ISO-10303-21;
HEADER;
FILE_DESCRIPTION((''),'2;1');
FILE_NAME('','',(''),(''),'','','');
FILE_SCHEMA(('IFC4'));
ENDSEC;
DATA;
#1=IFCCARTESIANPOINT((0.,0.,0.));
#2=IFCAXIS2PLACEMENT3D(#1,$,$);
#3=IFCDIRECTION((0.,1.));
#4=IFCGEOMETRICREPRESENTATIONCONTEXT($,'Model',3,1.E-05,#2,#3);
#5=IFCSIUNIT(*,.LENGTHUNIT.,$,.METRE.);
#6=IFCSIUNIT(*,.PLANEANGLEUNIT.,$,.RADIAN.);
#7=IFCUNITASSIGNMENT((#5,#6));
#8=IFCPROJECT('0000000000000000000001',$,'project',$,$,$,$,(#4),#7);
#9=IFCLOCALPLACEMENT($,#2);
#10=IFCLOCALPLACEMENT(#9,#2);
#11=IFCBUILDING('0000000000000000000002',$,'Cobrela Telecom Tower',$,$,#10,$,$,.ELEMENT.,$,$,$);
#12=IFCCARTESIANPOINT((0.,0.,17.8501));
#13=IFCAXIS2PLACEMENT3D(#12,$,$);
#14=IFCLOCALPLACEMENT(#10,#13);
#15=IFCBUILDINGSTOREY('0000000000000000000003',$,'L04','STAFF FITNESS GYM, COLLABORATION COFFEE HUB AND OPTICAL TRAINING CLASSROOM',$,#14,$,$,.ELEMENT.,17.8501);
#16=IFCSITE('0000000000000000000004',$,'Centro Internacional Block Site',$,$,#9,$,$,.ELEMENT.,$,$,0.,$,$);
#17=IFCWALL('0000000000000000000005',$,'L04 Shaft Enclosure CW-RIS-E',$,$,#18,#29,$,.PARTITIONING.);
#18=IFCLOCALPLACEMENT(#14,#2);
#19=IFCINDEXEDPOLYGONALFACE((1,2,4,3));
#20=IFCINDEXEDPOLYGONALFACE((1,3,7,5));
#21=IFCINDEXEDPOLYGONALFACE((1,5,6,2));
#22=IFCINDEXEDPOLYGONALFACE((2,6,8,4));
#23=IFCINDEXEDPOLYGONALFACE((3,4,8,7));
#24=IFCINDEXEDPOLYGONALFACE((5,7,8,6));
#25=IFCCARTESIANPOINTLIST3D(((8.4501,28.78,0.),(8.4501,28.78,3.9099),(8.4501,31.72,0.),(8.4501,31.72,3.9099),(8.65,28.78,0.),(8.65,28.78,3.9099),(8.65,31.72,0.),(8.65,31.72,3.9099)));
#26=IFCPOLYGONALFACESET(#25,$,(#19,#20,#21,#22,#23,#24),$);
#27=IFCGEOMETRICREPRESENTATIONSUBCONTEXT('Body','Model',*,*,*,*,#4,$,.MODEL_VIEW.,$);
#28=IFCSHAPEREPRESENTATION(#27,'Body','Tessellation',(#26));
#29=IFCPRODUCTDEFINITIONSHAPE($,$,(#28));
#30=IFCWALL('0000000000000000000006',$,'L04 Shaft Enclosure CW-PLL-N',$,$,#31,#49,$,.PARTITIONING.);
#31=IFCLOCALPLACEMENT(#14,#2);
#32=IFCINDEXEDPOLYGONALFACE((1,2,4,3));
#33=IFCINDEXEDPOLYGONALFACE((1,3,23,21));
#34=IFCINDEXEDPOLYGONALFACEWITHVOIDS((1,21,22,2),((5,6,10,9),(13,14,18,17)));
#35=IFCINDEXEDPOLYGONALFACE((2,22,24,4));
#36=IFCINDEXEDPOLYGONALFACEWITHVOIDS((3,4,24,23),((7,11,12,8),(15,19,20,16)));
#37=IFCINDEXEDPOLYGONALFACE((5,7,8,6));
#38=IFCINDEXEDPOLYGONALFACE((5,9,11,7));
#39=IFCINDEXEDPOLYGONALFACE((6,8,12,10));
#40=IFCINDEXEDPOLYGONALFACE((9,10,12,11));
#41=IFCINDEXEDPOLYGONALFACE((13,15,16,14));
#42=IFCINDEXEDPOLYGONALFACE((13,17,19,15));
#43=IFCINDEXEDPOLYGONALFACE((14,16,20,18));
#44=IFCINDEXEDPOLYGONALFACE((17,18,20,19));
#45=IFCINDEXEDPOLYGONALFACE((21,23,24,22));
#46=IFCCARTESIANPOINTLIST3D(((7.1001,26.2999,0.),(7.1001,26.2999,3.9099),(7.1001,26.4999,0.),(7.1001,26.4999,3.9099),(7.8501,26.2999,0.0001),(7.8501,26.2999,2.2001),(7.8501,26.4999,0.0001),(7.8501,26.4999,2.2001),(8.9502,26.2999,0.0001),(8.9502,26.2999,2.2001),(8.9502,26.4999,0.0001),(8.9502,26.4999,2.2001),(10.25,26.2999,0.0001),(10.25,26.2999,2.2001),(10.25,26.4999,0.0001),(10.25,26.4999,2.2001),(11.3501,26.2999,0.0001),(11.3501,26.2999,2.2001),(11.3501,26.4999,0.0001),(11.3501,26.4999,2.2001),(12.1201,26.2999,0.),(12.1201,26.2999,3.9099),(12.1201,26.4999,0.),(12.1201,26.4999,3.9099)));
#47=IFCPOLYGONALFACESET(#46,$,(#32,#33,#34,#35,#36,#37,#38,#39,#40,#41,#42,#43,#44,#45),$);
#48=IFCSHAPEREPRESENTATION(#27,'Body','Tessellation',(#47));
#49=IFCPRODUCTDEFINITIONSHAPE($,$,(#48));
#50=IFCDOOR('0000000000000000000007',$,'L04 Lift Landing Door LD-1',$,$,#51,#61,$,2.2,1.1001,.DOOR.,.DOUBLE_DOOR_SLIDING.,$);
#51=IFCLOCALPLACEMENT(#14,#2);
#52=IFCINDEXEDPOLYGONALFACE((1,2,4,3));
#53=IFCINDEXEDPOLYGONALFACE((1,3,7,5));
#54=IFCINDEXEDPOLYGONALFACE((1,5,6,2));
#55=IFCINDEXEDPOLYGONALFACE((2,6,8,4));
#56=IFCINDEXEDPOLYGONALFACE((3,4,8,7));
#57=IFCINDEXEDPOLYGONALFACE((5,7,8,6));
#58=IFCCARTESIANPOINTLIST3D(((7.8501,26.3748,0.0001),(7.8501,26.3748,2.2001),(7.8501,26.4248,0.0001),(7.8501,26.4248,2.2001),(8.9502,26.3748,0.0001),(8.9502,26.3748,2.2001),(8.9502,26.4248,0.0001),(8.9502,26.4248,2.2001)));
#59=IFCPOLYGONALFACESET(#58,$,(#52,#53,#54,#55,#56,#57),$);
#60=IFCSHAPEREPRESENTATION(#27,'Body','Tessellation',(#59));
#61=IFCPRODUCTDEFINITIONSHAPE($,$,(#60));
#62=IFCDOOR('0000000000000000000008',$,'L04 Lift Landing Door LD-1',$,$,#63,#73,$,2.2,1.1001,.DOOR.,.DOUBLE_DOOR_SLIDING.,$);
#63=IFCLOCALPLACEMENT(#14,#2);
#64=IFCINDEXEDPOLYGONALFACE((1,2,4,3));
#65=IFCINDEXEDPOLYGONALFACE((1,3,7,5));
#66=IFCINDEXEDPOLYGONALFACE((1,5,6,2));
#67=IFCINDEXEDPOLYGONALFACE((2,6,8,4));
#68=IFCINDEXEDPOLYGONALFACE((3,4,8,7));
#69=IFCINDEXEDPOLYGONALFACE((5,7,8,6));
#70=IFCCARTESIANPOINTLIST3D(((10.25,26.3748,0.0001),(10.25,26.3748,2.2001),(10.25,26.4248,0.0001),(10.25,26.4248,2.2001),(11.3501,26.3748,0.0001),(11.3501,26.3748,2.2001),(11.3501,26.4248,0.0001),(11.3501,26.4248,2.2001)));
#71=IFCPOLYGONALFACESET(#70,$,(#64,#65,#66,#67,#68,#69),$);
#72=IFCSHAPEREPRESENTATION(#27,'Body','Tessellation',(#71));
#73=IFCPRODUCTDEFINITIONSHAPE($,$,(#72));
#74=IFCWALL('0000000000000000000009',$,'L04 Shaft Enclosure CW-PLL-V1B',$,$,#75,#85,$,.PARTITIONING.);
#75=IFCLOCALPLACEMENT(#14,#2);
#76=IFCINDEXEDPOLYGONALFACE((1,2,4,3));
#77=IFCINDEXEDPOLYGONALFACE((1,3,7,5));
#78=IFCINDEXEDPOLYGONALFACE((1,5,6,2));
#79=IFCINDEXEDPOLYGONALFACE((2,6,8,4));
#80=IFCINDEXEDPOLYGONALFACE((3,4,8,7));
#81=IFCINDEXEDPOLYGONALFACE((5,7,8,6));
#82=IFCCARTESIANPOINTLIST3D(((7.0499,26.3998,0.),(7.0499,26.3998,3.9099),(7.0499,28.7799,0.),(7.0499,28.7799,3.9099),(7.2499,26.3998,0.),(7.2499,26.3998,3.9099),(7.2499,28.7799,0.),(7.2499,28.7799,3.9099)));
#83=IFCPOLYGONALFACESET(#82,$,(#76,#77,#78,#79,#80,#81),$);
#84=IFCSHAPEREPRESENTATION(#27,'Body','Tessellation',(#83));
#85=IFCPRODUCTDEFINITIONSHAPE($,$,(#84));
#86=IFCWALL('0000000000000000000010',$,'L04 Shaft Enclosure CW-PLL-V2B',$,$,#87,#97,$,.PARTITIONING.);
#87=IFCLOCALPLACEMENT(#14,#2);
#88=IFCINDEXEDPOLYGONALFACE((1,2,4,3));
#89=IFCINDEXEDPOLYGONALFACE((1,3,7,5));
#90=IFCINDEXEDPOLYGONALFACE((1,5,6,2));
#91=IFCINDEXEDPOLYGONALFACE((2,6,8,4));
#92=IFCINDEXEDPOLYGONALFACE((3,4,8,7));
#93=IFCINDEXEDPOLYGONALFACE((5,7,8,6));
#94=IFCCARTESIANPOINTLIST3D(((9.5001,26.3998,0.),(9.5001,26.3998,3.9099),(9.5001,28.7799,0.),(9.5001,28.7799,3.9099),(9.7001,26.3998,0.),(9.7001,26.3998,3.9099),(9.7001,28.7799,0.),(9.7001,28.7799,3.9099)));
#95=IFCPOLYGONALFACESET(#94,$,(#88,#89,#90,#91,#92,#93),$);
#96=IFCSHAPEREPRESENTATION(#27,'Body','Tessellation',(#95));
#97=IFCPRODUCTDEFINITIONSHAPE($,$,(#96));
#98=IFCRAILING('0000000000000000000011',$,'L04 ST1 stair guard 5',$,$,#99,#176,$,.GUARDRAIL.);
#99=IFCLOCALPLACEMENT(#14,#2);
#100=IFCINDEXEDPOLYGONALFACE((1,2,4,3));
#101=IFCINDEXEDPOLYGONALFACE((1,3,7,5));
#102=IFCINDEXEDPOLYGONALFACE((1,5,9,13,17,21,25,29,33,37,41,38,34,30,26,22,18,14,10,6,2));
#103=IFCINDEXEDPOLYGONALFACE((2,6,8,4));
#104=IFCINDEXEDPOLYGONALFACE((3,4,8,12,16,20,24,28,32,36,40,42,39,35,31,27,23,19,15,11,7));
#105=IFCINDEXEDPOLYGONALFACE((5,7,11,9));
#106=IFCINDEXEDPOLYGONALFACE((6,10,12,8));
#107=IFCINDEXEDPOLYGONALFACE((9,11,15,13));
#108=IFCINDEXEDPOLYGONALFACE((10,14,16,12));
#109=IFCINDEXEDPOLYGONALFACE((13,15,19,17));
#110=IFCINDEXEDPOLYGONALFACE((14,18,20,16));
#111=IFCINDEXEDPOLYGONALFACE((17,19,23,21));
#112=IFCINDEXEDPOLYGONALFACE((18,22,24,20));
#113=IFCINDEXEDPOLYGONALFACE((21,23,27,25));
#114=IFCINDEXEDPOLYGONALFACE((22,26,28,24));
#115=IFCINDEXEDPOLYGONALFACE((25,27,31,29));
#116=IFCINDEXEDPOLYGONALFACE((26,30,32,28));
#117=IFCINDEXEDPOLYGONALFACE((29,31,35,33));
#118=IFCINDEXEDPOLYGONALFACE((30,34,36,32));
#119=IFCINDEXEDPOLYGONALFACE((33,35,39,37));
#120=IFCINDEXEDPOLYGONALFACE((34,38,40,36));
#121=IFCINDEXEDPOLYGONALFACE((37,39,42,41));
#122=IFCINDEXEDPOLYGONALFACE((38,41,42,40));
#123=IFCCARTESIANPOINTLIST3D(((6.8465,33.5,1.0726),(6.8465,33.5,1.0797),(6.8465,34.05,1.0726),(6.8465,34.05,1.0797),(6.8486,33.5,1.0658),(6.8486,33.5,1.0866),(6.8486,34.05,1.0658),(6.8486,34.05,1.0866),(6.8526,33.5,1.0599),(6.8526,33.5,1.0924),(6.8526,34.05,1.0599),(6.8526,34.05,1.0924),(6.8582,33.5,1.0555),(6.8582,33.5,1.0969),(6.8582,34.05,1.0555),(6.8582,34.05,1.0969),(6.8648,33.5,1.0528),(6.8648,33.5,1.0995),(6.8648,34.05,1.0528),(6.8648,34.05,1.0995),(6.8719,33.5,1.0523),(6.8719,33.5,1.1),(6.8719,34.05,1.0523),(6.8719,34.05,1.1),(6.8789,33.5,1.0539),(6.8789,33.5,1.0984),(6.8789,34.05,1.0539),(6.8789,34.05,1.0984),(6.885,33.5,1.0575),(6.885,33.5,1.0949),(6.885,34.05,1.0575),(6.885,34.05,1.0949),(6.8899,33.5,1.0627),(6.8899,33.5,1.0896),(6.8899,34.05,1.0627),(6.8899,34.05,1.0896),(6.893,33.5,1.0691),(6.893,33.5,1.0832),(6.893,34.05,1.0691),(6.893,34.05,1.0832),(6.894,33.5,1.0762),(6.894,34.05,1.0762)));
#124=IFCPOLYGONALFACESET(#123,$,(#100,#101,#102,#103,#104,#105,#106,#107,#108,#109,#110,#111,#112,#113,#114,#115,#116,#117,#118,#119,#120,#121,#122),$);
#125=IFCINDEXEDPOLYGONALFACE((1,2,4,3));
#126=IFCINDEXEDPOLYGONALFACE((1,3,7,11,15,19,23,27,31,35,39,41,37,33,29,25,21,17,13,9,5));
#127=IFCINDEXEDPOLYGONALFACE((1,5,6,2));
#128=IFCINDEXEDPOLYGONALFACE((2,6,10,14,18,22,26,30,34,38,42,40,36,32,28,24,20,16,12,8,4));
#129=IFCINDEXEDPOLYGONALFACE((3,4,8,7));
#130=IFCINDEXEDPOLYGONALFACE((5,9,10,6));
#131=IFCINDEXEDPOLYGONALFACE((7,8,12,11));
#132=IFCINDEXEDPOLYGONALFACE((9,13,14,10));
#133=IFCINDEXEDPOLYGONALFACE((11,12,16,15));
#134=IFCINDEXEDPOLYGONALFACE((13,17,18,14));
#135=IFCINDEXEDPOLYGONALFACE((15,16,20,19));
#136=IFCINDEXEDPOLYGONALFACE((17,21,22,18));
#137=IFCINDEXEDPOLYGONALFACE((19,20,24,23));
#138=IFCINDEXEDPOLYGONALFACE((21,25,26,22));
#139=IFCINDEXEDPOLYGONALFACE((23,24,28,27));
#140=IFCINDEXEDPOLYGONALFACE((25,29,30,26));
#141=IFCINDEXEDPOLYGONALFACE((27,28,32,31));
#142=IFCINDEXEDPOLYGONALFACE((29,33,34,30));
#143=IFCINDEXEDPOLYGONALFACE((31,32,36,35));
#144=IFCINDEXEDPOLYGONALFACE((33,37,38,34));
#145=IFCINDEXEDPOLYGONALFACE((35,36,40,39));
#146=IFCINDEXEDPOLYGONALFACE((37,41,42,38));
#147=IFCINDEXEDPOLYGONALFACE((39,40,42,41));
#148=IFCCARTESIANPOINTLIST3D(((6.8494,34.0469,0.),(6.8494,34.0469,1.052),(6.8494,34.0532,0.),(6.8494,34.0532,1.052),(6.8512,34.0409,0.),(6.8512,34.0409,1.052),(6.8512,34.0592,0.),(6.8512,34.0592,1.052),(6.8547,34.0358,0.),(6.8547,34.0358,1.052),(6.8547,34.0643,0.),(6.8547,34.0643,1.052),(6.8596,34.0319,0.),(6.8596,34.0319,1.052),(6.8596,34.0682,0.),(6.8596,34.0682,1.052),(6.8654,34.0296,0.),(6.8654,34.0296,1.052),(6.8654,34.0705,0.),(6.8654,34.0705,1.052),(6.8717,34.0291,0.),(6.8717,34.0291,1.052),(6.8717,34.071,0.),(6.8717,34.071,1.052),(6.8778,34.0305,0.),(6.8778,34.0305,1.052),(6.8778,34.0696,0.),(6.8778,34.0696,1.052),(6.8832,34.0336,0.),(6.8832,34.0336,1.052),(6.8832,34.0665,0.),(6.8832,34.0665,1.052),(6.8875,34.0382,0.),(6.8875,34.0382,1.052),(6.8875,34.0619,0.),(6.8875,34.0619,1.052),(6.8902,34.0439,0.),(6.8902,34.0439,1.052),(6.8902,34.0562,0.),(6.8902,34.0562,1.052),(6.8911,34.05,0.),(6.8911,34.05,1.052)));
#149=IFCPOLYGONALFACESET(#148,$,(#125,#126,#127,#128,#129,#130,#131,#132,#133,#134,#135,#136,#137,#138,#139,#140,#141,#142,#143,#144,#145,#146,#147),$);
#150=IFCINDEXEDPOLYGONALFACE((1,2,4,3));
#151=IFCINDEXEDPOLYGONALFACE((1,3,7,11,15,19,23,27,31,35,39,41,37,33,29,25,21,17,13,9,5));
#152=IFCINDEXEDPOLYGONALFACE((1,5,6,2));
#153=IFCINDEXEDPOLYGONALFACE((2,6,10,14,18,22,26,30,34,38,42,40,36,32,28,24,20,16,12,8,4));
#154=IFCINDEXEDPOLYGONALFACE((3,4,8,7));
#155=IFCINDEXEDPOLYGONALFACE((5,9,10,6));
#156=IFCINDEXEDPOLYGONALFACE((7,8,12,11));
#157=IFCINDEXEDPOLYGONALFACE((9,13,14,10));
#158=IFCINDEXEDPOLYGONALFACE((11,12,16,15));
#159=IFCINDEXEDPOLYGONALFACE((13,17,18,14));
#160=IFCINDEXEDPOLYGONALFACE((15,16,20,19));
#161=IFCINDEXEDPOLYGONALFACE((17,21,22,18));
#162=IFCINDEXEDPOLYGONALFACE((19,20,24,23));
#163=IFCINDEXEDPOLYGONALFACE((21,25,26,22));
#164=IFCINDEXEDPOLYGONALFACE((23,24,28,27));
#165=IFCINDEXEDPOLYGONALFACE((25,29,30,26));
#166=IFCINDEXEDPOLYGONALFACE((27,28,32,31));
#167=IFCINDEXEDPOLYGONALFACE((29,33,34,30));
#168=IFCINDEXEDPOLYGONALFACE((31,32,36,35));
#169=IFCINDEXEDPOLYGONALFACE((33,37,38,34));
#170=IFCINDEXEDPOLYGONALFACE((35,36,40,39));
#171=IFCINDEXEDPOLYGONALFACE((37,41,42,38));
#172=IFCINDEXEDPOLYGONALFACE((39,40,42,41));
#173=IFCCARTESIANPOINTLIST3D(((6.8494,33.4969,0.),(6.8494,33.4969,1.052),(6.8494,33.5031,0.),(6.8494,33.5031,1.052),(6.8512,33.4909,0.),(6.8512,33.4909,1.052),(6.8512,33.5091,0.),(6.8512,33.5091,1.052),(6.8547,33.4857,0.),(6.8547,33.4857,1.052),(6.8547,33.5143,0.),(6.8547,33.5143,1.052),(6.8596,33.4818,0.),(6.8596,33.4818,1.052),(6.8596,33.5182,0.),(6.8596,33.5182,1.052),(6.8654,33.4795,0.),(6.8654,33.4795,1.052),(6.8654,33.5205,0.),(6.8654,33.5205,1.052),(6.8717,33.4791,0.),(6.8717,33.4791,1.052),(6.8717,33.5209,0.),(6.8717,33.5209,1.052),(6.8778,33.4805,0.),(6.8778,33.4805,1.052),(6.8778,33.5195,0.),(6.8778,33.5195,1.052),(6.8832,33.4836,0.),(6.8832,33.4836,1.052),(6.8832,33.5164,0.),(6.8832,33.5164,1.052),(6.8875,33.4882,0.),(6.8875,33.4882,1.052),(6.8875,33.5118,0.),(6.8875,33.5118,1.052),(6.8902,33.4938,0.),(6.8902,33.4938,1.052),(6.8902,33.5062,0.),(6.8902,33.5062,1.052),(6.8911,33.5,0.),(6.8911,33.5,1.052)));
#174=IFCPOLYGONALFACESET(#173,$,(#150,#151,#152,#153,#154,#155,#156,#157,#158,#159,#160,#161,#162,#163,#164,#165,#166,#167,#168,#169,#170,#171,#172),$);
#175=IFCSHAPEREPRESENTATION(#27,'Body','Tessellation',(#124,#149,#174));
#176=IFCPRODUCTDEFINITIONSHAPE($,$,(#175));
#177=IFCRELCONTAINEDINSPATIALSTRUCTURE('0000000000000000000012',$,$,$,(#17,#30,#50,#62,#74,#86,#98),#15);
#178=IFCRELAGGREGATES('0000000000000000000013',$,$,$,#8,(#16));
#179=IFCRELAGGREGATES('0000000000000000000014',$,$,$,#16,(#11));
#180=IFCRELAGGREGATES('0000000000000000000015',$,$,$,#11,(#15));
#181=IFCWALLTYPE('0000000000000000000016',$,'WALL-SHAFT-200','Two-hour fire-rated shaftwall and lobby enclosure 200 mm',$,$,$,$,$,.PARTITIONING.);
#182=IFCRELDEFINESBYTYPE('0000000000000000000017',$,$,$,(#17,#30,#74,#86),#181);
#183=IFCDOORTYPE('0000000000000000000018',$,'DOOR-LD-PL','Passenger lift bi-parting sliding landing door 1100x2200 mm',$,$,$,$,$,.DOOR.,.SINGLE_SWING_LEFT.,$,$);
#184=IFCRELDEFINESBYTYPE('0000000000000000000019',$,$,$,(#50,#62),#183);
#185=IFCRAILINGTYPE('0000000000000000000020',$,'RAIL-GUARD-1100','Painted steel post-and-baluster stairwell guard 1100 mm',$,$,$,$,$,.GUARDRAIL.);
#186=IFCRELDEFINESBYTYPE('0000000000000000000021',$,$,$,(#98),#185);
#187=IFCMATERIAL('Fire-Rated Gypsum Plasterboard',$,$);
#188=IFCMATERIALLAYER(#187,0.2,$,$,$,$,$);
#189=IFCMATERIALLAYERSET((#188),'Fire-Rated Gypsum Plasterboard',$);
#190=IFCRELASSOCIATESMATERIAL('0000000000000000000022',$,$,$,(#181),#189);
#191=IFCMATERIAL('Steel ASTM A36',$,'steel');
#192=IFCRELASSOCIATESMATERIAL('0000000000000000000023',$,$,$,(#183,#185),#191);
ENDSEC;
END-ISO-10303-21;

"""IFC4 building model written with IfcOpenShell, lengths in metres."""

from ifc_helpers import new_model, si_unit, direction, frame, frame_2d, origin, origin_2d, place, context, subcontext, project, spatial, rectangle, circle, extrude, material, layer, layer_set, type_object, element, fill, save


model = new_model("IFC4")

# Units and contexts
model_context = context("Model", 3, precision=1e-05, world=origin(), true_north=direction((0.0, 1.0)))
body_context = subcontext(model_context, "Body", "Model", "MODEL_VIEW")
ifc_project = project(units=[si_unit("LENGTHUNIT", "METRE"), si_unit("PLANEANGLEUNIT", "RADIAN")], contexts=[model_context])

# Site, building, storey
site_placement = place(None, origin())
site = spatial("IfcSite", under=ifc_project, at=site_placement, Name="Centro Internacional Block Site", CompositionType="ELEMENT", RefElevation=0.0)
building_placement = place(site_placement, origin())
building = spatial("IfcBuilding", under=site, at=building_placement, Name="Cobrela Telecom Tower", CompositionType="ELEMENT")
storey_placement = place(building_placement, frame((0.0, 0.0, 17.8501)))
storey = spatial("IfcBuildingStorey", under=building, at=storey_placement, Name="L04", Description="STAFF FITNESS GYM, COLLABORATION COFFEE HUB AND OPTICAL TRAINING CLASSROOM", CompositionType="ELEMENT", Elevation=17.8501)

# Shared definitions
ifc_material_1 = material(Name="Steel ASTM A36", Category="steel")
ifc_material_2 = material(Name="Fire-Rated Gypsum Plasterboard")
ifc_layer_1 = layer(ifc_material_2, 0.2)
ifc_layer_set_1 = layer_set([ifc_layer_1], Name="Fire-Rated Gypsum Plasterboard")
wall_type_1 = type_object("IfcWallType", Name="WALL-SHAFT-200", Description="Two-hour fire-rated shaftwall and lobby enclosure 200 mm", PredefinedType="PARTITIONING", material=ifc_layer_set_1)

# Wall
wall_1_placement = place(storey_placement, frame((8.55, 28.78, 0.0), z_axis=(0.0, 0.0, 1.0), x_axis=(0.0, 1.0, 0.0)))
element("IfcWall", 1, at=wall_1_placement, inside=storey, type_object=wall_type_1, Name="L04 Shaft Enclosure CW-RIS-E", PredefinedType="PARTITIONING", context=body_context, shape_type="SweptSolid", body=[
    extrude(rectangle(XDim=2.9399, YDim=0.2, at=frame_2d((1.47, 0.0))), origin(), (0.0, 0.0, 1.0), 3.9099),
])

# Wall, openings, doors
wall_2_placement = place(storey_placement, frame((7.1001, 26.3999, 0.0), z_axis=(0.0, 0.0, 1.0), x_axis=(1.0, 0.0, 0.0)))
wall_2 = element("IfcWall", 2, at=wall_2_placement, inside=storey, type_object=wall_type_1, Name="L04 Shaft Enclosure CW-PLL-N", PredefinedType="PARTITIONING", context=body_context, shape_type="SweptSolid", body=[
    extrude(rectangle(XDim=5.02, YDim=0.2, at=frame_2d((2.51, 0.0))), origin(), (0.0, 0.0, 1.0), 3.9099),
])
opening_1_placement = place(wall_2_placement, frame((0.75, 0.0, 0.0)))
opening_1 = element("IfcOpeningElement", 3, at=opening_1_placement, cuts=wall_2, PredefinedType="OPENING", context=body_context, shape_type="SweptSolid", body=[
    extrude(rectangle(XDim=1.1001, YDim=2.2, at=frame_2d((0.55, 1.1001))), frame((0.0, 0.1118, 0.0), z_axis=(0.0, -1.0, 0.0), x_axis=(1.0, 0.0, 0.0)), (0.0, 0.0, 1.0), 0.2239),
])
opening_2_placement = place(wall_2_placement, frame((3.1499, 0.0, 0.0)))
opening_2 = element("IfcOpeningElement", 4, at=opening_2_placement, cuts=wall_2, PredefinedType="OPENING", context=body_context, shape_type="SweptSolid", body=[
    extrude(rectangle(XDim=1.1001, YDim=2.2, at=frame_2d((0.55, 1.1001))), frame((0.0, 0.1118, 0.0), z_axis=(0.0, -1.0, 0.0), x_axis=(1.0, 0.0, 0.0)), (0.0, 0.0, 1.0), 0.2239),
])
door_type_1 = type_object("IfcDoorType", Name="DOOR-LD-PL", Description="Passenger lift bi-parting sliding landing door 1100x2200 mm", OperationType="SINGLE_SWING_LEFT", PredefinedType="DOOR", material=ifc_material_1)
door_1_placement = place(opening_1_placement, origin())
door_1 = element("IfcDoor", 5, at=door_1_placement, inside=storey, type_object=door_type_1, Name="L04 Lift Landing Door LD-1", OperationType="DOUBLE_DOOR_SLIDING", OverallHeight=2.2, OverallWidth=1.1001, PredefinedType="DOOR", context=body_context, shape_type="SweptSolid", body=[
    extrude(rectangle(XDim=1.1001, YDim=2.2, at=frame_2d((0.55, 1.1001))), frame((0.0, 0.0249, 0.0), z_axis=(0.0, -1.0, 0.0), x_axis=(1.0, 0.0, 0.0)), (0.0, 0.0, 1.0), 0.05),
])
fill(opening_1, door_1)
door_2_placement = place(opening_2_placement, origin())
door_2 = element("IfcDoor", 6, at=door_2_placement, inside=storey, type_object=door_type_1, Name="L04 Lift Landing Door LD-1", OperationType="DOUBLE_DOOR_SLIDING", OverallHeight=2.2, OverallWidth=1.1001, PredefinedType="DOOR", context=body_context, shape_type="SweptSolid", body=[
    extrude(rectangle(XDim=1.1001, YDim=2.2, at=frame_2d((0.55, 1.1001))), frame((0.0, 0.0249, 0.0), z_axis=(0.0, -1.0, 0.0), x_axis=(1.0, 0.0, 0.0)), (0.0, 0.0, 1.0), 0.05),
])
fill(opening_2, door_2)

# Walls
for number, where, z_axis, x_axis, name in (
    (7, (7.1499, 26.3999, 0.0), (0.0, 0.0, 1.0), (0.0, 1.0, 0.0), "L04 Shaft Enclosure CW-PLL-V1B"),
    (8, (9.6001, 26.3999, 0.0), (0.0, 0.0, 1.0), (0.0, 1.0, 0.0), "L04 Shaft Enclosure CW-PLL-V2B"),
):
    element("IfcWall", number, at=place(storey_placement, frame(where, z_axis=z_axis, x_axis=x_axis)), inside=storey, type_object=wall_type_1, Name=name, PredefinedType="PARTITIONING", context=body_context, shape_type="SweptSolid", body=[
        extrude(rectangle(XDim=2.3801, YDim=0.2, at=frame_2d((1.1899, 0.0))), origin(), (0.0, 0.0, 1.0), 3.9099),
    ])

# Railing
railing_type = type_object("IfcRailingType", Name="RAIL-GUARD-1100", Description="Painted steel post-and-baluster stairwell guard 1100 mm", PredefinedType="GUARDRAIL", material=ifc_material_1)
railing_placement = place(storey_placement, frame((6.8701, 34.05, 0.0)))
element("IfcRailing", 9, at=railing_placement, inside=storey, type_object=railing_type, Name="L04 ST1 stair guard 5", PredefinedType="GUARDRAIL", context=body_context, shape_type="SweptSolid", body=[
    extrude(circle(Radius=0.0239, at=origin_2d()), frame((0.0, 0.0, 1.0762), z_axis=(0.0, -1.0, 0.0), x_axis=(1.0, 0.0, 0.0)), (0.0, 0.0, 1.0), 0.55),
    extrude(circle(Radius=0.021, at=origin_2d()), origin(), (0.0, 0.0, 1.0), 1.052),
    extrude(circle(Radius=0.021, at=origin_2d()), frame((0.0, -0.55, 0.0)), (0.0, 0.0, 1.0), 1.052),
])

save(model, "model.ifc")
